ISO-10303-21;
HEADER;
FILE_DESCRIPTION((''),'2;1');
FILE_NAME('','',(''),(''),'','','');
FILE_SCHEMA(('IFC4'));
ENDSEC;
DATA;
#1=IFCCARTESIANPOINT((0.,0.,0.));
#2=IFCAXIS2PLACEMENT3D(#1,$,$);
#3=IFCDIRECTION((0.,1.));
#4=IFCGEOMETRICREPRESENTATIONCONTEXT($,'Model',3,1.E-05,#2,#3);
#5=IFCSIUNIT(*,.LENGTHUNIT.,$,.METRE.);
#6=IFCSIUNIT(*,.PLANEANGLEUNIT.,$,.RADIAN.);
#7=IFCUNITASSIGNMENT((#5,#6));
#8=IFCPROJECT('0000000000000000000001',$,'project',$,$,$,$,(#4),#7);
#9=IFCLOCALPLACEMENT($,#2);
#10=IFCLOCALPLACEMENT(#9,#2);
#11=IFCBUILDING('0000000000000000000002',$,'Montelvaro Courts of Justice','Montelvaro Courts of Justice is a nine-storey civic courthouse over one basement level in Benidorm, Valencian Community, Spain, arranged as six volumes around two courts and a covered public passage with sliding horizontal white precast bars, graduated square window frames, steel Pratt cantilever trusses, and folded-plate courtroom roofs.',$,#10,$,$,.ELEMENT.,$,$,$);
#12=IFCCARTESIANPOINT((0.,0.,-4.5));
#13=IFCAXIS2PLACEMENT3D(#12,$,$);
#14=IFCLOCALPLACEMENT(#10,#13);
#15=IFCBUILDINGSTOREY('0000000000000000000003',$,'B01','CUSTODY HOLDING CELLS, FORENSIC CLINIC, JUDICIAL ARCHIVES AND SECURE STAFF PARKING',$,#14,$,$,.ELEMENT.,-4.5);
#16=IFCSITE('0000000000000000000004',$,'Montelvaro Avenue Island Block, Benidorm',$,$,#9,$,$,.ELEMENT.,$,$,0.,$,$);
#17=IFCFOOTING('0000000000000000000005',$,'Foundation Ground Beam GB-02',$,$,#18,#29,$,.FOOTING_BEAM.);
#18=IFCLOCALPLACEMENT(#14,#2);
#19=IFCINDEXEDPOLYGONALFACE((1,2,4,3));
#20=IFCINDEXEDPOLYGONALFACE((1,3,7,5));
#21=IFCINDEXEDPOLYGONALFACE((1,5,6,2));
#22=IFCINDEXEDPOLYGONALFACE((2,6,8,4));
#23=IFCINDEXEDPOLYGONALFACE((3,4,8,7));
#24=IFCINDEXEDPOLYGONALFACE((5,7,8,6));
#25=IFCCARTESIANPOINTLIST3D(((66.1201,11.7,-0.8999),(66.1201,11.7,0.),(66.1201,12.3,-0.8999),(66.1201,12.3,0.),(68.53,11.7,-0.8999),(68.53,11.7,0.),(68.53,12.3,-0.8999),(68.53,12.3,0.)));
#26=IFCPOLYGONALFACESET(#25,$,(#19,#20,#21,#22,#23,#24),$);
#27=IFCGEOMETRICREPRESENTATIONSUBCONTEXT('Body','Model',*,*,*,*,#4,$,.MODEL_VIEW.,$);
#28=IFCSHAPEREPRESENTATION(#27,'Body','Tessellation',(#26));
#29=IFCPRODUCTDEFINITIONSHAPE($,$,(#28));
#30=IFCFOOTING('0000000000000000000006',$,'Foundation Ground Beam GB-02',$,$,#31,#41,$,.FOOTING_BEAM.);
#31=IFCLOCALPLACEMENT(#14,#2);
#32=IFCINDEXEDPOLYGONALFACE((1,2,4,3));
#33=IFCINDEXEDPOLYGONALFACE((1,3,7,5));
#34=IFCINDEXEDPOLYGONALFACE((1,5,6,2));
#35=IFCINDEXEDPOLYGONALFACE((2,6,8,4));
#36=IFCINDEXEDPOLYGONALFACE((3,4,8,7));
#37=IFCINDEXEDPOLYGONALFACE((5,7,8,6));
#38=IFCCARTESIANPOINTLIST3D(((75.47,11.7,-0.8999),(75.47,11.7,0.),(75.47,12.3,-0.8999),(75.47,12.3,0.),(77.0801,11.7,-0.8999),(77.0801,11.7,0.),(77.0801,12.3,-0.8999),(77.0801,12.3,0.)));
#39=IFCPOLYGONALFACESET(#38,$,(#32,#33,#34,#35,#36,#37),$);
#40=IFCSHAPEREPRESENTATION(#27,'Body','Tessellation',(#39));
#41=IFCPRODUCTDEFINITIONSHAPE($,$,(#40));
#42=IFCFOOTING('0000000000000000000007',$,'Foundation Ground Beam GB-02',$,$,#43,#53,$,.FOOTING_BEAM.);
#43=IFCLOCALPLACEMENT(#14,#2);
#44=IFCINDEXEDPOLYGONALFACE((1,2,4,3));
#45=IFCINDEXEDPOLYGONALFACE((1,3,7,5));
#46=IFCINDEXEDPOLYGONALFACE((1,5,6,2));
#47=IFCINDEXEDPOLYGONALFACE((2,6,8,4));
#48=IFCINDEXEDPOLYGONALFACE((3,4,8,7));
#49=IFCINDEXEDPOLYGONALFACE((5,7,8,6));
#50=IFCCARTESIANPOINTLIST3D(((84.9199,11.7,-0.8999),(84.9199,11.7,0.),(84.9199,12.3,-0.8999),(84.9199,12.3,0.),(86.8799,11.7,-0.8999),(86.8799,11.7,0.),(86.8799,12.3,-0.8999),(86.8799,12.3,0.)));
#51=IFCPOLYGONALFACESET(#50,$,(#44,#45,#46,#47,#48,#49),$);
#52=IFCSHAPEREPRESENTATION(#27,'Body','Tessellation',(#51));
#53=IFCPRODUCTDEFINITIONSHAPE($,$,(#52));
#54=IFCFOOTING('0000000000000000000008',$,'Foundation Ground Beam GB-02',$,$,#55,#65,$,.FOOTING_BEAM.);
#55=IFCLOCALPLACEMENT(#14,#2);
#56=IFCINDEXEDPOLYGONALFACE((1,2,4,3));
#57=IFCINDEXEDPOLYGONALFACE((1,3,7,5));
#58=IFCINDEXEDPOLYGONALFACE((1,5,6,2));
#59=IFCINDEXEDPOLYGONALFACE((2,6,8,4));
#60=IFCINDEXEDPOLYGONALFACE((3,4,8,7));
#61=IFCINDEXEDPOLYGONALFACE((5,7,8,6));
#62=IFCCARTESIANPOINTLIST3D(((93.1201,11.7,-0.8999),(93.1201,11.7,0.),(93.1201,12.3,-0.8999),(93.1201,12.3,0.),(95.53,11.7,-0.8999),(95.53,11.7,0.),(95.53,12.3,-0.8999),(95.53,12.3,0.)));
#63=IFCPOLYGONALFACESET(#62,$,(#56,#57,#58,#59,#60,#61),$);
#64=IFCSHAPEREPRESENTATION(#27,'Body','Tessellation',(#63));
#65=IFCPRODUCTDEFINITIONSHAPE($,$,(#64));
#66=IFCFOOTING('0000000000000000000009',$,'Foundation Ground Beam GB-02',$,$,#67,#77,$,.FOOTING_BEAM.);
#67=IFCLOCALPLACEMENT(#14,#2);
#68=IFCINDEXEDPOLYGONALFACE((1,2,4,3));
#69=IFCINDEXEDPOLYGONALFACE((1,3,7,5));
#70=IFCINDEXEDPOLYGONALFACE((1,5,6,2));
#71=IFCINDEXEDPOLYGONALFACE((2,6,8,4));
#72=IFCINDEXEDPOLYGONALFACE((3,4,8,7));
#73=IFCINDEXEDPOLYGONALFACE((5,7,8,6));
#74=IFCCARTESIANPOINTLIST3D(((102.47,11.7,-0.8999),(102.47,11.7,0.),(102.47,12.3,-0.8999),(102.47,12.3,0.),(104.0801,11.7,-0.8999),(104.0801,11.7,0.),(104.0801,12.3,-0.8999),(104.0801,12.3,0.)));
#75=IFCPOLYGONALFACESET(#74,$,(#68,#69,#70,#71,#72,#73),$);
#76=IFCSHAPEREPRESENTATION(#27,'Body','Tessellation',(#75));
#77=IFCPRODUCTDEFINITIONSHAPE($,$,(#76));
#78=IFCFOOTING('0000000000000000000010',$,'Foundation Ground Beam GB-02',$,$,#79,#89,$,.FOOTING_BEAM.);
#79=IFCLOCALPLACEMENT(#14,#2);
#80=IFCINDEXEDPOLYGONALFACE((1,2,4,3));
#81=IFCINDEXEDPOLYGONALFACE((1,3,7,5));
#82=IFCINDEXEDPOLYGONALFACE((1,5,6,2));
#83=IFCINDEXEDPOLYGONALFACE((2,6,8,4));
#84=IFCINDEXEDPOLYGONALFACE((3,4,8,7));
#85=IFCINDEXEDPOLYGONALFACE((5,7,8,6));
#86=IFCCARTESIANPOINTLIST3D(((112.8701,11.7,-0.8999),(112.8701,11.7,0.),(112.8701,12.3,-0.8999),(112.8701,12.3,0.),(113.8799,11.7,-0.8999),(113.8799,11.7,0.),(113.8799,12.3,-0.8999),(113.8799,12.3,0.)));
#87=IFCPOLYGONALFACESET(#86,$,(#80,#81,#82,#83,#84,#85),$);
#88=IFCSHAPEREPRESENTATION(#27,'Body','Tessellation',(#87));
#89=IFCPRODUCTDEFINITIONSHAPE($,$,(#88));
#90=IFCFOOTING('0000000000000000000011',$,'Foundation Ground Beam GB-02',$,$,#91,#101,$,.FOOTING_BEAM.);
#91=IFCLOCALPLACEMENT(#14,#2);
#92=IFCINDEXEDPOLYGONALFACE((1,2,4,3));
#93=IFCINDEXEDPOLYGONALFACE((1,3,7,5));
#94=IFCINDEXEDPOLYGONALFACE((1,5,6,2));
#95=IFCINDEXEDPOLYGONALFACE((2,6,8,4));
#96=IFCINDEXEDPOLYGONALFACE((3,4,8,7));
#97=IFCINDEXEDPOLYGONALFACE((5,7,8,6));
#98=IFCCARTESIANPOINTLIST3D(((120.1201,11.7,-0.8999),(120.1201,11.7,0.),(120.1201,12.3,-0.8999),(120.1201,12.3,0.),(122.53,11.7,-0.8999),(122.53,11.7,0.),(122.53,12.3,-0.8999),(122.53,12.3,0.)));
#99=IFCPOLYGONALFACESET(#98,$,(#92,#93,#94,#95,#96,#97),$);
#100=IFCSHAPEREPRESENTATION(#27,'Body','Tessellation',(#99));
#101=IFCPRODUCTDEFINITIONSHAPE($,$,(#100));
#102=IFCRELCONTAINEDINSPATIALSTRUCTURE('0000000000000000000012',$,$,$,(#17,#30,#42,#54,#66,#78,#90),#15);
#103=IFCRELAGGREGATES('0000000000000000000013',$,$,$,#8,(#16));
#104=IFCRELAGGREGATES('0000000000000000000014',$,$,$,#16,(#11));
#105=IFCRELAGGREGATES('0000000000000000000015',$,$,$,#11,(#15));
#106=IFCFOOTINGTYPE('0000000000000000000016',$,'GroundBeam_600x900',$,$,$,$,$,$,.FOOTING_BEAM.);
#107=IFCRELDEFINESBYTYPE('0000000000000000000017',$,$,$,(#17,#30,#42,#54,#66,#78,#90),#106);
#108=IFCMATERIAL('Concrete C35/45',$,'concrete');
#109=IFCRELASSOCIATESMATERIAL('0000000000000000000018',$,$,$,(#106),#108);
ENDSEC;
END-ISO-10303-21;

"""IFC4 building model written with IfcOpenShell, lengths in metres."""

from ifc_helpers import new_model, si_unit, direction, frame, origin, place, context, subcontext, project, spatial, polyline, outline, extrude, material, type_object, element, save


model = new_model("IFC4")

# Units and contexts
model_context = context("Model", 3, precision=1e-05, world=origin(), true_north=direction((0.0, 1.0)))
body_context = subcontext(model_context, "Body", "Model", "MODEL_VIEW")
ifc_project = project(units=[si_unit("LENGTHUNIT", "METRE"), si_unit("PLANEANGLEUNIT", "RADIAN")], contexts=[model_context])

# Site, building, storey
site_placement = place(None, origin())
site = spatial("IfcSite", under=ifc_project, at=site_placement, Name="Montelvaro Avenue Island Block, Benidorm", CompositionType="ELEMENT", RefElevation=0.0)
building_placement = place(site_placement, origin())
building = spatial("IfcBuilding", under=site, at=building_placement, Name="Montelvaro Courts of Justice", Description="Montelvaro Courts of Justice is a nine-storey civic courthouse over one basement level in Benidorm, Valencian Community, Spain, arranged as six volumes around two courts and a covered public passage with sliding horizontal white precast bars, graduated square window frames, steel Pratt cantilever trusses, and folded-plate courtroom roofs.", CompositionType="ELEMENT")
storey_placement = place(building_placement, frame((0.0, 0.0, -4.5)))
storey = spatial("IfcBuildingStorey", under=building, at=storey_placement, Name="B01", Description="CUSTODY HOLDING CELLS, FORENSIC CLINIC, JUDICIAL ARCHIVES AND SECURE STAFF PARKING", CompositionType="ELEMENT", Elevation=-4.5)

# Footings
ifc_material = material(Name="Concrete C35/45", Category="concrete")
footing_type_1 = type_object("IfcFootingType", Name="GroundBeam_600x900", PredefinedType="FOOTING_BEAM", material=ifc_material)
footing_1_placement = place(storey_placement, frame((0.0, 0.0, -0.8999)))
element("IfcFooting", 1, at=footing_1_placement, inside=storey, type_object=footing_type_1, Name="Foundation Ground Beam GB-02", PredefinedType="FOOTING_BEAM", context=body_context, shape_type="SweptSolid", body=[
    extrude(outline(polyline([(66.1201, 11.7), (68.53, 11.7), (68.53, 12.3), (66.1201, 12.3), (66.1201, 11.7)])), origin(), (0.0, 0.0, 1.0), 0.8999),
])
footing_2_placement = place(storey_placement, frame((0.0, 0.0, -0.8999)))
element("IfcFooting", 2, at=footing_2_placement, inside=storey, type_object=footing_type_1, Name="Foundation Ground Beam GB-02", PredefinedType="FOOTING_BEAM", context=body_context, shape_type="SweptSolid", body=[
    extrude(outline(polyline([(75.47, 11.7), (77.0801, 11.7), (77.0801, 12.3), (75.47, 12.3), (75.47, 11.7)])), origin(), (0.0, 0.0, 1.0), 0.8999),
])
footing_3_placement = place(storey_placement, frame((0.0, 0.0, -0.8999)))
element("IfcFooting", 3, at=footing_3_placement, inside=storey, type_object=footing_type_1, Name="Foundation Ground Beam GB-02", PredefinedType="FOOTING_BEAM", context=body_context, shape_type="SweptSolid", body=[
    extrude(outline(polyline([(84.9199, 11.7), (86.8799, 11.7), (86.8799, 12.3), (84.9199, 12.3), (84.9199, 11.7)])), origin(), (0.0, 0.0, 1.0), 0.8999),
])
footing_4_placement = place(storey_placement, frame((0.0, 0.0, -0.8999)))
element("IfcFooting", 4, at=footing_4_placement, inside=storey, type_object=footing_type_1, Name="Foundation Ground Beam GB-02", PredefinedType="FOOTING_BEAM", context=body_context, shape_type="SweptSolid", body=[
    extrude(outline(polyline([(93.1201, 11.7), (95.53, 11.7), (95.53, 12.3), (93.1201, 12.3), (93.1201, 11.7)])), origin(), (0.0, 0.0, 1.0), 0.8999),
])
footing_5_placement = place(storey_placement, frame((0.0, 0.0, -0.8999)))
element("IfcFooting", 5, at=footing_5_placement, inside=storey, type_object=footing_type_1, Name="Foundation Ground Beam GB-02", PredefinedType="FOOTING_BEAM", context=body_context, shape_type="SweptSolid", body=[
    extrude(outline(polyline([(102.47, 11.7), (104.0801, 11.7), (104.0801, 12.3), (102.47, 12.3), (102.47, 11.7)])), origin(), (0.0, 0.0, 1.0), 0.8999),
])
footing_6_placement = place(storey_placement, frame((0.0, 0.0, -0.8999)))
element("IfcFooting", 6, at=footing_6_placement, inside=storey, type_object=footing_type_1, Name="Foundation Ground Beam GB-02", PredefinedType="FOOTING_BEAM", context=body_context, shape_type="SweptSolid", body=[
    extrude(outline(polyline([(112.8701, 11.7), (113.8799, 11.7), (113.8799, 12.3), (112.8701, 12.3), (112.8701, 11.7)])), origin(), (0.0, 0.0, 1.0), 0.8999),
])
footing_7_placement = place(storey_placement, frame((0.0, 0.0, -0.8999)))
element("IfcFooting", 7, at=footing_7_placement, inside=storey, type_object=footing_type_1, Name="Foundation Ground Beam GB-02", PredefinedType="FOOTING_BEAM", context=body_context, shape_type="SweptSolid", body=[
    extrude(outline(polyline([(120.1201, 11.7), (122.53, 11.7), (122.53, 12.3), (120.1201, 12.3), (120.1201, 11.7)])), origin(), (0.0, 0.0, 1.0), 0.8999),
])

save(model, "model.ifc")
